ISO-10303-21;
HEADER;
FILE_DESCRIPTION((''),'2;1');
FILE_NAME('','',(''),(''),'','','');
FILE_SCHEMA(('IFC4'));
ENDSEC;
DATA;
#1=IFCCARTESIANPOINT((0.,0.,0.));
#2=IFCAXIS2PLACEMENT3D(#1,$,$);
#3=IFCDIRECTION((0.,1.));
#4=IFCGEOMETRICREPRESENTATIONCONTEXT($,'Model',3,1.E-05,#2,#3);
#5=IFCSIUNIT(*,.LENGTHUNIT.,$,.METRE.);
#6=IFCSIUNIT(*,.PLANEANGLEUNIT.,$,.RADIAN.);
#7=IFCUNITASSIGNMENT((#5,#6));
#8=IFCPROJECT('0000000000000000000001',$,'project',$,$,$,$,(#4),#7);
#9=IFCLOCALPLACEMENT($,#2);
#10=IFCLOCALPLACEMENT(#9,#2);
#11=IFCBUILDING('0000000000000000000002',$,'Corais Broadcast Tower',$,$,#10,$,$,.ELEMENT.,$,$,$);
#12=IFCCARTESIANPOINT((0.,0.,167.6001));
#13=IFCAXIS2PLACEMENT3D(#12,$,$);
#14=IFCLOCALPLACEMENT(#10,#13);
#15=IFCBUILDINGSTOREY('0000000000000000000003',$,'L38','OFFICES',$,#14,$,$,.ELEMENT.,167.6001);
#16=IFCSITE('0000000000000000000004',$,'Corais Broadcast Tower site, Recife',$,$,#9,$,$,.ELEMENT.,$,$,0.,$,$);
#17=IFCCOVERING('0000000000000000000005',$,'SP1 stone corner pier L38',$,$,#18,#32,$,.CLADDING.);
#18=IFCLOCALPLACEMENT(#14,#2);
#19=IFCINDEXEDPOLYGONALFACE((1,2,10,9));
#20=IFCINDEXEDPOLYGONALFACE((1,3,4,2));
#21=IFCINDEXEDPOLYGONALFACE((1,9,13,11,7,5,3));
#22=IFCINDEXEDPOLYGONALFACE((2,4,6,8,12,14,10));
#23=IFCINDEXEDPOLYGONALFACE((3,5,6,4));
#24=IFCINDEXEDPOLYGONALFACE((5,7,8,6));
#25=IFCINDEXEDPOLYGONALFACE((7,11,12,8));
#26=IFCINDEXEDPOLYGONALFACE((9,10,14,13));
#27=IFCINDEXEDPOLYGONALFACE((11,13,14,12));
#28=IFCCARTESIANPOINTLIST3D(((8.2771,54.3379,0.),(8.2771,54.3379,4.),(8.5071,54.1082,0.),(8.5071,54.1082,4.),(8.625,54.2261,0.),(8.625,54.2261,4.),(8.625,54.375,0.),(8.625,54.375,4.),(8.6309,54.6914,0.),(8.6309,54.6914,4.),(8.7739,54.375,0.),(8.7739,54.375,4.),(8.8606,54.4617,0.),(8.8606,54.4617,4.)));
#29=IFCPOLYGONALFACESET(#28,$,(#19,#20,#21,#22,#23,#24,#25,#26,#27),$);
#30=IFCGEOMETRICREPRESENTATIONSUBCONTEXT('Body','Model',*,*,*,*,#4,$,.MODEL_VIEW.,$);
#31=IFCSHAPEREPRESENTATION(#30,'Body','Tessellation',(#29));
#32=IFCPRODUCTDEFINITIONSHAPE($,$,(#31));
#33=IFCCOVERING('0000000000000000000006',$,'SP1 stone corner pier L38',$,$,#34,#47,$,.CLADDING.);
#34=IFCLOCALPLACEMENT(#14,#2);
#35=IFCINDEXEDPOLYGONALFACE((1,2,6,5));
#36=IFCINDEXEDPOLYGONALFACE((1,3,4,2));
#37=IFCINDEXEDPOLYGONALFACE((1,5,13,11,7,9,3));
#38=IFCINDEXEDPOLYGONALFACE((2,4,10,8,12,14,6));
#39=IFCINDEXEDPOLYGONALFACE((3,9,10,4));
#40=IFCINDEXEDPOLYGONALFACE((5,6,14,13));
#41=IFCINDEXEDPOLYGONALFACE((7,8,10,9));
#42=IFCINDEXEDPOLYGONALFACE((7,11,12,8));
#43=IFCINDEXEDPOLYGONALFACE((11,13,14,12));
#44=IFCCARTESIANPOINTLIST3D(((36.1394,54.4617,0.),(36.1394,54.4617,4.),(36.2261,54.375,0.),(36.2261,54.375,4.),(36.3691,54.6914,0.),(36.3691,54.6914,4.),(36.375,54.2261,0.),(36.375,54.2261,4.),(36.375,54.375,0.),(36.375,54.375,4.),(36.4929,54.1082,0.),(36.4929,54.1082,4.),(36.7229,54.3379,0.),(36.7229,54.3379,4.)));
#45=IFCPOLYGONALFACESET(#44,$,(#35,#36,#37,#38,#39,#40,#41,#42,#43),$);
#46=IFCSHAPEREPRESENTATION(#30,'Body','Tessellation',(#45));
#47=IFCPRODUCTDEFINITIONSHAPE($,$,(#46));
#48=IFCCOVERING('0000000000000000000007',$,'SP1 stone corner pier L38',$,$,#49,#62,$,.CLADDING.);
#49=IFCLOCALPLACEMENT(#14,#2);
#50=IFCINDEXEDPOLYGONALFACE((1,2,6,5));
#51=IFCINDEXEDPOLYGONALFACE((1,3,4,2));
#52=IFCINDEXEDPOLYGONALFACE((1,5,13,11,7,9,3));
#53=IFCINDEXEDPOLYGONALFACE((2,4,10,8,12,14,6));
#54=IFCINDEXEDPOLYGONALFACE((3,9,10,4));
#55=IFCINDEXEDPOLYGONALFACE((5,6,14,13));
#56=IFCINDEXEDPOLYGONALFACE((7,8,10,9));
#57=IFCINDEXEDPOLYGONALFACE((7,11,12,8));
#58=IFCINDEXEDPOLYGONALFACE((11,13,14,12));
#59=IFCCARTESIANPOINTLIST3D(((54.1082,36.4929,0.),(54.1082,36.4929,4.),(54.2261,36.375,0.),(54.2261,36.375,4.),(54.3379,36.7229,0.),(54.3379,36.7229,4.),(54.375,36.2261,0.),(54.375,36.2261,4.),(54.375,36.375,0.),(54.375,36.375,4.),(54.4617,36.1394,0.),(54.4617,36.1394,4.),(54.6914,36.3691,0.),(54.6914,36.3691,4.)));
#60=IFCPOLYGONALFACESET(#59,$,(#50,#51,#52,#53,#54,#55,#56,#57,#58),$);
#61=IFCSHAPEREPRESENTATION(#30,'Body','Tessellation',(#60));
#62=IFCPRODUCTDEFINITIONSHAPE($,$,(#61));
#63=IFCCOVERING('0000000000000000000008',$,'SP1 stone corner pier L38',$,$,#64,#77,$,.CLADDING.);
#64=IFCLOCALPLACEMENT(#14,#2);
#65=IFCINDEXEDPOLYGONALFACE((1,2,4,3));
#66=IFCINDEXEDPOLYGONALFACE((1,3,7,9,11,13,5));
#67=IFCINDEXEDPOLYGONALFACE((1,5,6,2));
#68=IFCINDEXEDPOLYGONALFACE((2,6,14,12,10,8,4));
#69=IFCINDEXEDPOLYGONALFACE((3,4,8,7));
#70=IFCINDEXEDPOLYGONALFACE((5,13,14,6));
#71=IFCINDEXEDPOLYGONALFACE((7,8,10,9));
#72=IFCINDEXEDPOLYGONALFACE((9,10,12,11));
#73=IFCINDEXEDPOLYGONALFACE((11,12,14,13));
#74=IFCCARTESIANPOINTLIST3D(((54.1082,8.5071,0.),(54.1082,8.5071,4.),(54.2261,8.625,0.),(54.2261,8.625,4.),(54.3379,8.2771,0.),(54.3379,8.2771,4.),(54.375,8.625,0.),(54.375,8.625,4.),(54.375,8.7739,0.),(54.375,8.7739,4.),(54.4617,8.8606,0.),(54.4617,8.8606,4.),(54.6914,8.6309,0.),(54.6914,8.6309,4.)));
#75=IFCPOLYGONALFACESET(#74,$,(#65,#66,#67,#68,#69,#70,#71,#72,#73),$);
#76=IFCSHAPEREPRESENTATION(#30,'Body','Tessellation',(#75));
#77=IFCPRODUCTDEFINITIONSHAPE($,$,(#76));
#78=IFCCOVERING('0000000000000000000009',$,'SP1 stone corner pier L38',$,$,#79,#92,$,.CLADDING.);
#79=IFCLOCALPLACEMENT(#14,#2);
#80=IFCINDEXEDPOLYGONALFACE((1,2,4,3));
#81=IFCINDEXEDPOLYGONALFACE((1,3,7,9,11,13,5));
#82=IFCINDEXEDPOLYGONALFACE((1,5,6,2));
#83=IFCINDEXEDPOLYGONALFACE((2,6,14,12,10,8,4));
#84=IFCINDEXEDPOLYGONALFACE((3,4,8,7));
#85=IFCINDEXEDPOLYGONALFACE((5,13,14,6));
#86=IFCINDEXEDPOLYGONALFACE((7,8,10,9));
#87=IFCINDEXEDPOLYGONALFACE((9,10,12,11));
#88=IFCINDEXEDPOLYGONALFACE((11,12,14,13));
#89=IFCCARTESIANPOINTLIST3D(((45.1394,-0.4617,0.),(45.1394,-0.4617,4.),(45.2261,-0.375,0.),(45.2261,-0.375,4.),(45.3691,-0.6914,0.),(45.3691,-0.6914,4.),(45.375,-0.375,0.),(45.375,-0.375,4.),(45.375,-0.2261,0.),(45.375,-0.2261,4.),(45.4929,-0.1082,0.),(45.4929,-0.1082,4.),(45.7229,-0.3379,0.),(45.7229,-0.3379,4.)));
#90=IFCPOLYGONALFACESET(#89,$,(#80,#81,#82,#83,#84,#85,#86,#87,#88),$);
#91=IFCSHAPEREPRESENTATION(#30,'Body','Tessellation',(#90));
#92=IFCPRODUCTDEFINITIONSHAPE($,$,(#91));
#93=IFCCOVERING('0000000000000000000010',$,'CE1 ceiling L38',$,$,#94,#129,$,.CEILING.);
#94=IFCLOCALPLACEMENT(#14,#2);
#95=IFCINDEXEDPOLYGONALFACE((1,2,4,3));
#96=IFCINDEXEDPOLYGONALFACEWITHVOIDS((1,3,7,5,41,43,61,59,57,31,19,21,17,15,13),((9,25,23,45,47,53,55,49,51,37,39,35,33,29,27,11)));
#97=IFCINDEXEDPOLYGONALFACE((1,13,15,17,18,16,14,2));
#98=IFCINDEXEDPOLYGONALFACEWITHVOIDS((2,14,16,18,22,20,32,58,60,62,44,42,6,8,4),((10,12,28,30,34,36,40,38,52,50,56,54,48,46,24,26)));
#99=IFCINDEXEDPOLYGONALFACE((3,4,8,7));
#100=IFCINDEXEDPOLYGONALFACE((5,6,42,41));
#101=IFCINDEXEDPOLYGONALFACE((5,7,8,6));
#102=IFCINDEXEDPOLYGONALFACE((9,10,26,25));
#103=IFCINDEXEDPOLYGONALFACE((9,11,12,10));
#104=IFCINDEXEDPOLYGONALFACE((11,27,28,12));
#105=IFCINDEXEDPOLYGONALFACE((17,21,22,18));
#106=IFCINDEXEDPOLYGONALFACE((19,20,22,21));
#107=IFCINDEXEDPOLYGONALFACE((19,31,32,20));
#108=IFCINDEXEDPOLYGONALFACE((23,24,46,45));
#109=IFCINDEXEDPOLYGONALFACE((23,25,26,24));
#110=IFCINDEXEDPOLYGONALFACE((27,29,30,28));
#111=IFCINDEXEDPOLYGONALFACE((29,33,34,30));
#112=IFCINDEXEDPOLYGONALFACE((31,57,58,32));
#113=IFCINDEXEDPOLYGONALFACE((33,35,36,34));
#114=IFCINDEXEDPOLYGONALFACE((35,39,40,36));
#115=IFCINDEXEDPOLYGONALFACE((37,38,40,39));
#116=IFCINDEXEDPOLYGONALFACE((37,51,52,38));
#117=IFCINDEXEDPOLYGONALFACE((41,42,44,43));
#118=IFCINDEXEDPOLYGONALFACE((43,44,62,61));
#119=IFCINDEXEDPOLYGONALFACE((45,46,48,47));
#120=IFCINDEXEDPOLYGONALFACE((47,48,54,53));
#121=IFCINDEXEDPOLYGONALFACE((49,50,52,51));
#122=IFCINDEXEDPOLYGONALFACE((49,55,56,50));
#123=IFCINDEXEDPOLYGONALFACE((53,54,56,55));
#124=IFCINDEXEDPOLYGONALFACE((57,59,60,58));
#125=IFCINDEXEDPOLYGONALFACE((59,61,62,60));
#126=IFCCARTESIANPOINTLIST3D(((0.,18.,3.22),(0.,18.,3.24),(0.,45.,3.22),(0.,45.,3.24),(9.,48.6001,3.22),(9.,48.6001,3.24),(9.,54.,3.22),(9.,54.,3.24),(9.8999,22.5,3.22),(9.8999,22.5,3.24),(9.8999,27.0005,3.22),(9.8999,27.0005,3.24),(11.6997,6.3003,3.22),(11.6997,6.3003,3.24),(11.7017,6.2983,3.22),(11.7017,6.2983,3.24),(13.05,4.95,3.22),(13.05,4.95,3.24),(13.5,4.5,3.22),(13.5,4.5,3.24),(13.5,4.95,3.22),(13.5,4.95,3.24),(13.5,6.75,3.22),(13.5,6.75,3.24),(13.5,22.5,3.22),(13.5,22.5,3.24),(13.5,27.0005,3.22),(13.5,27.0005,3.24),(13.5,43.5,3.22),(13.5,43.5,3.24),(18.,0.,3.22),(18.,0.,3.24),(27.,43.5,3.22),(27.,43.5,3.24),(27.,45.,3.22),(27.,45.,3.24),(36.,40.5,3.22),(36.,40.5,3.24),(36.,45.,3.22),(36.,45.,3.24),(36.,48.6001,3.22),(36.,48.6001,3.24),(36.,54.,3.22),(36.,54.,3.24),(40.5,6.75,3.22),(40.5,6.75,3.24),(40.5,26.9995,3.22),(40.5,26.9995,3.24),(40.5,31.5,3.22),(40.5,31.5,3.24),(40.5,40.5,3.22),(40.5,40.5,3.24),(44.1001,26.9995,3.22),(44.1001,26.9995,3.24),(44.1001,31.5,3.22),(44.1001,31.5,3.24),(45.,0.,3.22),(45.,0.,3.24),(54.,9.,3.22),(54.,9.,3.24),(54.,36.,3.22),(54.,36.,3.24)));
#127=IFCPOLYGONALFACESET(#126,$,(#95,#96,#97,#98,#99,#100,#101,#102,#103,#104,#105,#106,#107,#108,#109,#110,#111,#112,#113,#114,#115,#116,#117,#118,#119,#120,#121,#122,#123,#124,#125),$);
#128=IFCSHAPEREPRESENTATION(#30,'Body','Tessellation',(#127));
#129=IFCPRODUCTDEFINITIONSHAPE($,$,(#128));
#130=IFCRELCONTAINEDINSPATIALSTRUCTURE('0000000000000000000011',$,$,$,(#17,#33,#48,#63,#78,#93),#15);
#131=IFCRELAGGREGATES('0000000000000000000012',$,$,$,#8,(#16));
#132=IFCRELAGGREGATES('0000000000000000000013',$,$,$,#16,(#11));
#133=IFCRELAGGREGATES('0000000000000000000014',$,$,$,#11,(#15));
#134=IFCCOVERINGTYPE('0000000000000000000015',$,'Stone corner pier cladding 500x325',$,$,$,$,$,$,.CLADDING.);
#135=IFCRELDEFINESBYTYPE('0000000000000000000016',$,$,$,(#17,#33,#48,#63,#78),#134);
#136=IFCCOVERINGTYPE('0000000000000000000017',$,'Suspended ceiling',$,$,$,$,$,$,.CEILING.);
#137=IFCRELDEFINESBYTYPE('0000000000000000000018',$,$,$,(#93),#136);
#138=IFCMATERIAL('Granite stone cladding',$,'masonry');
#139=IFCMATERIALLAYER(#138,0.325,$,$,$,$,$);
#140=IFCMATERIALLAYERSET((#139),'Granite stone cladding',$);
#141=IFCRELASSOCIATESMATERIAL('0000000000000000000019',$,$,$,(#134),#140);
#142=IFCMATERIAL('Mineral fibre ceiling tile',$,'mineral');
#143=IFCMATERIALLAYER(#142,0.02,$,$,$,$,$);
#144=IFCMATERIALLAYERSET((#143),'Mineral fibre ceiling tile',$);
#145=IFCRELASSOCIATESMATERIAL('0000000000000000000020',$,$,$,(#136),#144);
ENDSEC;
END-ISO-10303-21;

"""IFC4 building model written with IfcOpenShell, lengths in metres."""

from ifc_helpers import new_model, si_unit, direction, frame, origin, place, context, subcontext, project, spatial, polyline, outline, extrude, material, layer, layer_set, type_object, element, save


model = new_model("IFC4")

# Units and contexts
model_context = context("Model", 3, precision=1e-05, world=origin(), true_north=direction((0.0, 1.0)))
body_context = subcontext(model_context, "Body", "Model", "MODEL_VIEW")
ifc_project = project(units=[si_unit("LENGTHUNIT", "METRE"), si_unit("PLANEANGLEUNIT", "RADIAN")], contexts=[model_context])

# Site, building, storey
site_placement = place(None, origin())
site = spatial("IfcSite", under=ifc_project, at=site_placement, Name="Corais Broadcast Tower site, Recife", CompositionType="ELEMENT", RefElevation=0.0)
building_placement = place(site_placement, origin())
building = spatial("IfcBuilding", under=site, at=building_placement, Name="Corais Broadcast Tower", CompositionType="ELEMENT")
storey_placement = place(building_placement, frame((0.0, 0.0, 167.6001)))
storey = spatial("IfcBuildingStorey", under=building, at=storey_placement, Name="L38", Description="OFFICES", CompositionType="ELEMENT", Elevation=167.6001)

# Coverings
ifc_material_1 = material(Name="Granite stone cladding", Category="masonry")
ifc_layer_1 = layer(ifc_material_1, 0.325)
ifc_layer_set_1 = layer_set([ifc_layer_1], Name="Granite stone cladding")
covering_type_1 = type_object("IfcCoveringType", Name="Stone corner pier cladding 500x325", PredefinedType="CLADDING", material=ifc_layer_set_1)
covering_1_placement = place(storey_placement, origin())
element("IfcCovering", 1, at=covering_1_placement, inside=storey, type_object=covering_type_1, Name="SP1 stone corner pier L38", PredefinedType="CLADDING", context=body_context, shape_type="SweptSolid", body=[
    extrude(outline(polyline([(8.7739, 54.375), (8.8606, 54.4617), (8.6309, 54.6914), (8.2771, 54.3379), (8.5071, 54.1082), (8.625, 54.2261), (8.625, 54.375), (8.7739, 54.375)])), origin(), (0.0, 0.0, 1.0), 4.0),
])
covering_2_placement = place(storey_placement, origin())
element("IfcCovering", 2, at=covering_2_placement, inside=storey, type_object=covering_type_1, Name="SP1 stone corner pier L38", PredefinedType="CLADDING", context=body_context, shape_type="SweptSolid", body=[
    extrude(outline(polyline([(36.1394, 54.4617), (36.2261, 54.375), (36.375, 54.375), (36.375, 54.2261), (36.4929, 54.1082), (36.7229, 54.3379), (36.3691, 54.6914), (36.1394, 54.4617)])), origin(), (0.0, 0.0, 1.0), 4.0),
])
covering_3_placement = place(storey_placement, origin())
element("IfcCovering", 3, at=covering_3_placement, inside=storey, type_object=covering_type_1, Name="SP1 stone corner pier L38", PredefinedType="CLADDING", context=body_context, shape_type="SweptSolid", body=[
    extrude(outline(polyline([(54.375, 36.2261), (54.4617, 36.1394), (54.6914, 36.3691), (54.3379, 36.7229), (54.1082, 36.4929), (54.2261, 36.375), (54.375, 36.375), (54.375, 36.2261)])), origin(), (0.0, 0.0, 1.0), 4.0),
])
covering_4_placement = place(storey_placement, origin())
element("IfcCovering", 4, at=covering_4_placement, inside=storey, type_object=covering_type_1, Name="SP1 stone corner pier L38", PredefinedType="CLADDING", context=body_context, shape_type="SweptSolid", body=[
    extrude(outline(polyline([(54.4617, 8.8606), (54.375, 8.7739), (54.375, 8.625), (54.2261, 8.625), (54.1082, 8.5071), (54.3379, 8.2771), (54.6914, 8.6309), (54.4617, 8.8606)])), origin(), (0.0, 0.0, 1.0), 4.0),
])
covering_5_placement = place(storey_placement, origin())
element("IfcCovering", 5, at=covering_5_placement, inside=storey, type_object=covering_type_1, Name="SP1 stone corner pier L38", PredefinedType="CLADDING", context=body_context, shape_type="SweptSolid", body=[
    extrude(outline(polyline([(45.2261, -0.375), (45.1394, -0.4617), (45.3691, -0.6914), (45.7229, -0.3379), (45.4929, -0.1082), (45.375, -0.2261), (45.375, -0.375), (45.2261, -0.375)])), origin(), (0.0, 0.0, 1.0), 4.0),
])
ifc_material_2 = material(Name="Mineral fibre ceiling tile", Category="mineral")
ifc_layer_2 = layer(ifc_material_2, 0.02)
ifc_layer_set_2 = layer_set([ifc_layer_2], Name="Mineral fibre ceiling tile")
covering_type_2 = type_object("IfcCoveringType", Name="Suspended ceiling", PredefinedType="CEILING", material=ifc_layer_set_2)
covering_6_placement = place(storey_placement, frame((0.0, 0.0, 3.22)))
element("IfcCovering", 6, at=covering_6_placement, inside=storey, type_object=covering_type_2, Name="CE1 ceiling L38", PredefinedType="CEILING", context=body_context, shape_type="SweptSolid", body=[
    extrude(outline(polyline([(54.0, 9.0), (45.0, 0.0), (18.0, 0.0), (13.5, 4.5), (13.5, 4.95), (13.05, 4.95), (11.7017, 6.2983), (11.6997, 6.3003), (0.0, 18.0), (0.0, 45.0), (9.0, 54.0), (9.0, 48.6001), (36.0, 48.6001), (36.0, 54.0), (54.0, 36.0), (54.0, 9.0)]), holes=[polyline([(9.8999, 22.5), (13.5, 22.5), (13.5, 6.75), (40.5, 6.75), (40.5, 26.9995), (44.1001, 26.9995), (44.1001, 31.5), (40.5, 31.5), (40.5, 40.5), (36.0, 40.5), (36.0, 45.0), (27.0, 45.0), (27.0, 43.5), (13.5, 43.5), (13.5, 27.0005), (9.8999, 27.0005), (9.8999, 22.5)])]), origin(), (0.0, 0.0, 1.0), 0.02),
])

save(model, "model.ifc")
